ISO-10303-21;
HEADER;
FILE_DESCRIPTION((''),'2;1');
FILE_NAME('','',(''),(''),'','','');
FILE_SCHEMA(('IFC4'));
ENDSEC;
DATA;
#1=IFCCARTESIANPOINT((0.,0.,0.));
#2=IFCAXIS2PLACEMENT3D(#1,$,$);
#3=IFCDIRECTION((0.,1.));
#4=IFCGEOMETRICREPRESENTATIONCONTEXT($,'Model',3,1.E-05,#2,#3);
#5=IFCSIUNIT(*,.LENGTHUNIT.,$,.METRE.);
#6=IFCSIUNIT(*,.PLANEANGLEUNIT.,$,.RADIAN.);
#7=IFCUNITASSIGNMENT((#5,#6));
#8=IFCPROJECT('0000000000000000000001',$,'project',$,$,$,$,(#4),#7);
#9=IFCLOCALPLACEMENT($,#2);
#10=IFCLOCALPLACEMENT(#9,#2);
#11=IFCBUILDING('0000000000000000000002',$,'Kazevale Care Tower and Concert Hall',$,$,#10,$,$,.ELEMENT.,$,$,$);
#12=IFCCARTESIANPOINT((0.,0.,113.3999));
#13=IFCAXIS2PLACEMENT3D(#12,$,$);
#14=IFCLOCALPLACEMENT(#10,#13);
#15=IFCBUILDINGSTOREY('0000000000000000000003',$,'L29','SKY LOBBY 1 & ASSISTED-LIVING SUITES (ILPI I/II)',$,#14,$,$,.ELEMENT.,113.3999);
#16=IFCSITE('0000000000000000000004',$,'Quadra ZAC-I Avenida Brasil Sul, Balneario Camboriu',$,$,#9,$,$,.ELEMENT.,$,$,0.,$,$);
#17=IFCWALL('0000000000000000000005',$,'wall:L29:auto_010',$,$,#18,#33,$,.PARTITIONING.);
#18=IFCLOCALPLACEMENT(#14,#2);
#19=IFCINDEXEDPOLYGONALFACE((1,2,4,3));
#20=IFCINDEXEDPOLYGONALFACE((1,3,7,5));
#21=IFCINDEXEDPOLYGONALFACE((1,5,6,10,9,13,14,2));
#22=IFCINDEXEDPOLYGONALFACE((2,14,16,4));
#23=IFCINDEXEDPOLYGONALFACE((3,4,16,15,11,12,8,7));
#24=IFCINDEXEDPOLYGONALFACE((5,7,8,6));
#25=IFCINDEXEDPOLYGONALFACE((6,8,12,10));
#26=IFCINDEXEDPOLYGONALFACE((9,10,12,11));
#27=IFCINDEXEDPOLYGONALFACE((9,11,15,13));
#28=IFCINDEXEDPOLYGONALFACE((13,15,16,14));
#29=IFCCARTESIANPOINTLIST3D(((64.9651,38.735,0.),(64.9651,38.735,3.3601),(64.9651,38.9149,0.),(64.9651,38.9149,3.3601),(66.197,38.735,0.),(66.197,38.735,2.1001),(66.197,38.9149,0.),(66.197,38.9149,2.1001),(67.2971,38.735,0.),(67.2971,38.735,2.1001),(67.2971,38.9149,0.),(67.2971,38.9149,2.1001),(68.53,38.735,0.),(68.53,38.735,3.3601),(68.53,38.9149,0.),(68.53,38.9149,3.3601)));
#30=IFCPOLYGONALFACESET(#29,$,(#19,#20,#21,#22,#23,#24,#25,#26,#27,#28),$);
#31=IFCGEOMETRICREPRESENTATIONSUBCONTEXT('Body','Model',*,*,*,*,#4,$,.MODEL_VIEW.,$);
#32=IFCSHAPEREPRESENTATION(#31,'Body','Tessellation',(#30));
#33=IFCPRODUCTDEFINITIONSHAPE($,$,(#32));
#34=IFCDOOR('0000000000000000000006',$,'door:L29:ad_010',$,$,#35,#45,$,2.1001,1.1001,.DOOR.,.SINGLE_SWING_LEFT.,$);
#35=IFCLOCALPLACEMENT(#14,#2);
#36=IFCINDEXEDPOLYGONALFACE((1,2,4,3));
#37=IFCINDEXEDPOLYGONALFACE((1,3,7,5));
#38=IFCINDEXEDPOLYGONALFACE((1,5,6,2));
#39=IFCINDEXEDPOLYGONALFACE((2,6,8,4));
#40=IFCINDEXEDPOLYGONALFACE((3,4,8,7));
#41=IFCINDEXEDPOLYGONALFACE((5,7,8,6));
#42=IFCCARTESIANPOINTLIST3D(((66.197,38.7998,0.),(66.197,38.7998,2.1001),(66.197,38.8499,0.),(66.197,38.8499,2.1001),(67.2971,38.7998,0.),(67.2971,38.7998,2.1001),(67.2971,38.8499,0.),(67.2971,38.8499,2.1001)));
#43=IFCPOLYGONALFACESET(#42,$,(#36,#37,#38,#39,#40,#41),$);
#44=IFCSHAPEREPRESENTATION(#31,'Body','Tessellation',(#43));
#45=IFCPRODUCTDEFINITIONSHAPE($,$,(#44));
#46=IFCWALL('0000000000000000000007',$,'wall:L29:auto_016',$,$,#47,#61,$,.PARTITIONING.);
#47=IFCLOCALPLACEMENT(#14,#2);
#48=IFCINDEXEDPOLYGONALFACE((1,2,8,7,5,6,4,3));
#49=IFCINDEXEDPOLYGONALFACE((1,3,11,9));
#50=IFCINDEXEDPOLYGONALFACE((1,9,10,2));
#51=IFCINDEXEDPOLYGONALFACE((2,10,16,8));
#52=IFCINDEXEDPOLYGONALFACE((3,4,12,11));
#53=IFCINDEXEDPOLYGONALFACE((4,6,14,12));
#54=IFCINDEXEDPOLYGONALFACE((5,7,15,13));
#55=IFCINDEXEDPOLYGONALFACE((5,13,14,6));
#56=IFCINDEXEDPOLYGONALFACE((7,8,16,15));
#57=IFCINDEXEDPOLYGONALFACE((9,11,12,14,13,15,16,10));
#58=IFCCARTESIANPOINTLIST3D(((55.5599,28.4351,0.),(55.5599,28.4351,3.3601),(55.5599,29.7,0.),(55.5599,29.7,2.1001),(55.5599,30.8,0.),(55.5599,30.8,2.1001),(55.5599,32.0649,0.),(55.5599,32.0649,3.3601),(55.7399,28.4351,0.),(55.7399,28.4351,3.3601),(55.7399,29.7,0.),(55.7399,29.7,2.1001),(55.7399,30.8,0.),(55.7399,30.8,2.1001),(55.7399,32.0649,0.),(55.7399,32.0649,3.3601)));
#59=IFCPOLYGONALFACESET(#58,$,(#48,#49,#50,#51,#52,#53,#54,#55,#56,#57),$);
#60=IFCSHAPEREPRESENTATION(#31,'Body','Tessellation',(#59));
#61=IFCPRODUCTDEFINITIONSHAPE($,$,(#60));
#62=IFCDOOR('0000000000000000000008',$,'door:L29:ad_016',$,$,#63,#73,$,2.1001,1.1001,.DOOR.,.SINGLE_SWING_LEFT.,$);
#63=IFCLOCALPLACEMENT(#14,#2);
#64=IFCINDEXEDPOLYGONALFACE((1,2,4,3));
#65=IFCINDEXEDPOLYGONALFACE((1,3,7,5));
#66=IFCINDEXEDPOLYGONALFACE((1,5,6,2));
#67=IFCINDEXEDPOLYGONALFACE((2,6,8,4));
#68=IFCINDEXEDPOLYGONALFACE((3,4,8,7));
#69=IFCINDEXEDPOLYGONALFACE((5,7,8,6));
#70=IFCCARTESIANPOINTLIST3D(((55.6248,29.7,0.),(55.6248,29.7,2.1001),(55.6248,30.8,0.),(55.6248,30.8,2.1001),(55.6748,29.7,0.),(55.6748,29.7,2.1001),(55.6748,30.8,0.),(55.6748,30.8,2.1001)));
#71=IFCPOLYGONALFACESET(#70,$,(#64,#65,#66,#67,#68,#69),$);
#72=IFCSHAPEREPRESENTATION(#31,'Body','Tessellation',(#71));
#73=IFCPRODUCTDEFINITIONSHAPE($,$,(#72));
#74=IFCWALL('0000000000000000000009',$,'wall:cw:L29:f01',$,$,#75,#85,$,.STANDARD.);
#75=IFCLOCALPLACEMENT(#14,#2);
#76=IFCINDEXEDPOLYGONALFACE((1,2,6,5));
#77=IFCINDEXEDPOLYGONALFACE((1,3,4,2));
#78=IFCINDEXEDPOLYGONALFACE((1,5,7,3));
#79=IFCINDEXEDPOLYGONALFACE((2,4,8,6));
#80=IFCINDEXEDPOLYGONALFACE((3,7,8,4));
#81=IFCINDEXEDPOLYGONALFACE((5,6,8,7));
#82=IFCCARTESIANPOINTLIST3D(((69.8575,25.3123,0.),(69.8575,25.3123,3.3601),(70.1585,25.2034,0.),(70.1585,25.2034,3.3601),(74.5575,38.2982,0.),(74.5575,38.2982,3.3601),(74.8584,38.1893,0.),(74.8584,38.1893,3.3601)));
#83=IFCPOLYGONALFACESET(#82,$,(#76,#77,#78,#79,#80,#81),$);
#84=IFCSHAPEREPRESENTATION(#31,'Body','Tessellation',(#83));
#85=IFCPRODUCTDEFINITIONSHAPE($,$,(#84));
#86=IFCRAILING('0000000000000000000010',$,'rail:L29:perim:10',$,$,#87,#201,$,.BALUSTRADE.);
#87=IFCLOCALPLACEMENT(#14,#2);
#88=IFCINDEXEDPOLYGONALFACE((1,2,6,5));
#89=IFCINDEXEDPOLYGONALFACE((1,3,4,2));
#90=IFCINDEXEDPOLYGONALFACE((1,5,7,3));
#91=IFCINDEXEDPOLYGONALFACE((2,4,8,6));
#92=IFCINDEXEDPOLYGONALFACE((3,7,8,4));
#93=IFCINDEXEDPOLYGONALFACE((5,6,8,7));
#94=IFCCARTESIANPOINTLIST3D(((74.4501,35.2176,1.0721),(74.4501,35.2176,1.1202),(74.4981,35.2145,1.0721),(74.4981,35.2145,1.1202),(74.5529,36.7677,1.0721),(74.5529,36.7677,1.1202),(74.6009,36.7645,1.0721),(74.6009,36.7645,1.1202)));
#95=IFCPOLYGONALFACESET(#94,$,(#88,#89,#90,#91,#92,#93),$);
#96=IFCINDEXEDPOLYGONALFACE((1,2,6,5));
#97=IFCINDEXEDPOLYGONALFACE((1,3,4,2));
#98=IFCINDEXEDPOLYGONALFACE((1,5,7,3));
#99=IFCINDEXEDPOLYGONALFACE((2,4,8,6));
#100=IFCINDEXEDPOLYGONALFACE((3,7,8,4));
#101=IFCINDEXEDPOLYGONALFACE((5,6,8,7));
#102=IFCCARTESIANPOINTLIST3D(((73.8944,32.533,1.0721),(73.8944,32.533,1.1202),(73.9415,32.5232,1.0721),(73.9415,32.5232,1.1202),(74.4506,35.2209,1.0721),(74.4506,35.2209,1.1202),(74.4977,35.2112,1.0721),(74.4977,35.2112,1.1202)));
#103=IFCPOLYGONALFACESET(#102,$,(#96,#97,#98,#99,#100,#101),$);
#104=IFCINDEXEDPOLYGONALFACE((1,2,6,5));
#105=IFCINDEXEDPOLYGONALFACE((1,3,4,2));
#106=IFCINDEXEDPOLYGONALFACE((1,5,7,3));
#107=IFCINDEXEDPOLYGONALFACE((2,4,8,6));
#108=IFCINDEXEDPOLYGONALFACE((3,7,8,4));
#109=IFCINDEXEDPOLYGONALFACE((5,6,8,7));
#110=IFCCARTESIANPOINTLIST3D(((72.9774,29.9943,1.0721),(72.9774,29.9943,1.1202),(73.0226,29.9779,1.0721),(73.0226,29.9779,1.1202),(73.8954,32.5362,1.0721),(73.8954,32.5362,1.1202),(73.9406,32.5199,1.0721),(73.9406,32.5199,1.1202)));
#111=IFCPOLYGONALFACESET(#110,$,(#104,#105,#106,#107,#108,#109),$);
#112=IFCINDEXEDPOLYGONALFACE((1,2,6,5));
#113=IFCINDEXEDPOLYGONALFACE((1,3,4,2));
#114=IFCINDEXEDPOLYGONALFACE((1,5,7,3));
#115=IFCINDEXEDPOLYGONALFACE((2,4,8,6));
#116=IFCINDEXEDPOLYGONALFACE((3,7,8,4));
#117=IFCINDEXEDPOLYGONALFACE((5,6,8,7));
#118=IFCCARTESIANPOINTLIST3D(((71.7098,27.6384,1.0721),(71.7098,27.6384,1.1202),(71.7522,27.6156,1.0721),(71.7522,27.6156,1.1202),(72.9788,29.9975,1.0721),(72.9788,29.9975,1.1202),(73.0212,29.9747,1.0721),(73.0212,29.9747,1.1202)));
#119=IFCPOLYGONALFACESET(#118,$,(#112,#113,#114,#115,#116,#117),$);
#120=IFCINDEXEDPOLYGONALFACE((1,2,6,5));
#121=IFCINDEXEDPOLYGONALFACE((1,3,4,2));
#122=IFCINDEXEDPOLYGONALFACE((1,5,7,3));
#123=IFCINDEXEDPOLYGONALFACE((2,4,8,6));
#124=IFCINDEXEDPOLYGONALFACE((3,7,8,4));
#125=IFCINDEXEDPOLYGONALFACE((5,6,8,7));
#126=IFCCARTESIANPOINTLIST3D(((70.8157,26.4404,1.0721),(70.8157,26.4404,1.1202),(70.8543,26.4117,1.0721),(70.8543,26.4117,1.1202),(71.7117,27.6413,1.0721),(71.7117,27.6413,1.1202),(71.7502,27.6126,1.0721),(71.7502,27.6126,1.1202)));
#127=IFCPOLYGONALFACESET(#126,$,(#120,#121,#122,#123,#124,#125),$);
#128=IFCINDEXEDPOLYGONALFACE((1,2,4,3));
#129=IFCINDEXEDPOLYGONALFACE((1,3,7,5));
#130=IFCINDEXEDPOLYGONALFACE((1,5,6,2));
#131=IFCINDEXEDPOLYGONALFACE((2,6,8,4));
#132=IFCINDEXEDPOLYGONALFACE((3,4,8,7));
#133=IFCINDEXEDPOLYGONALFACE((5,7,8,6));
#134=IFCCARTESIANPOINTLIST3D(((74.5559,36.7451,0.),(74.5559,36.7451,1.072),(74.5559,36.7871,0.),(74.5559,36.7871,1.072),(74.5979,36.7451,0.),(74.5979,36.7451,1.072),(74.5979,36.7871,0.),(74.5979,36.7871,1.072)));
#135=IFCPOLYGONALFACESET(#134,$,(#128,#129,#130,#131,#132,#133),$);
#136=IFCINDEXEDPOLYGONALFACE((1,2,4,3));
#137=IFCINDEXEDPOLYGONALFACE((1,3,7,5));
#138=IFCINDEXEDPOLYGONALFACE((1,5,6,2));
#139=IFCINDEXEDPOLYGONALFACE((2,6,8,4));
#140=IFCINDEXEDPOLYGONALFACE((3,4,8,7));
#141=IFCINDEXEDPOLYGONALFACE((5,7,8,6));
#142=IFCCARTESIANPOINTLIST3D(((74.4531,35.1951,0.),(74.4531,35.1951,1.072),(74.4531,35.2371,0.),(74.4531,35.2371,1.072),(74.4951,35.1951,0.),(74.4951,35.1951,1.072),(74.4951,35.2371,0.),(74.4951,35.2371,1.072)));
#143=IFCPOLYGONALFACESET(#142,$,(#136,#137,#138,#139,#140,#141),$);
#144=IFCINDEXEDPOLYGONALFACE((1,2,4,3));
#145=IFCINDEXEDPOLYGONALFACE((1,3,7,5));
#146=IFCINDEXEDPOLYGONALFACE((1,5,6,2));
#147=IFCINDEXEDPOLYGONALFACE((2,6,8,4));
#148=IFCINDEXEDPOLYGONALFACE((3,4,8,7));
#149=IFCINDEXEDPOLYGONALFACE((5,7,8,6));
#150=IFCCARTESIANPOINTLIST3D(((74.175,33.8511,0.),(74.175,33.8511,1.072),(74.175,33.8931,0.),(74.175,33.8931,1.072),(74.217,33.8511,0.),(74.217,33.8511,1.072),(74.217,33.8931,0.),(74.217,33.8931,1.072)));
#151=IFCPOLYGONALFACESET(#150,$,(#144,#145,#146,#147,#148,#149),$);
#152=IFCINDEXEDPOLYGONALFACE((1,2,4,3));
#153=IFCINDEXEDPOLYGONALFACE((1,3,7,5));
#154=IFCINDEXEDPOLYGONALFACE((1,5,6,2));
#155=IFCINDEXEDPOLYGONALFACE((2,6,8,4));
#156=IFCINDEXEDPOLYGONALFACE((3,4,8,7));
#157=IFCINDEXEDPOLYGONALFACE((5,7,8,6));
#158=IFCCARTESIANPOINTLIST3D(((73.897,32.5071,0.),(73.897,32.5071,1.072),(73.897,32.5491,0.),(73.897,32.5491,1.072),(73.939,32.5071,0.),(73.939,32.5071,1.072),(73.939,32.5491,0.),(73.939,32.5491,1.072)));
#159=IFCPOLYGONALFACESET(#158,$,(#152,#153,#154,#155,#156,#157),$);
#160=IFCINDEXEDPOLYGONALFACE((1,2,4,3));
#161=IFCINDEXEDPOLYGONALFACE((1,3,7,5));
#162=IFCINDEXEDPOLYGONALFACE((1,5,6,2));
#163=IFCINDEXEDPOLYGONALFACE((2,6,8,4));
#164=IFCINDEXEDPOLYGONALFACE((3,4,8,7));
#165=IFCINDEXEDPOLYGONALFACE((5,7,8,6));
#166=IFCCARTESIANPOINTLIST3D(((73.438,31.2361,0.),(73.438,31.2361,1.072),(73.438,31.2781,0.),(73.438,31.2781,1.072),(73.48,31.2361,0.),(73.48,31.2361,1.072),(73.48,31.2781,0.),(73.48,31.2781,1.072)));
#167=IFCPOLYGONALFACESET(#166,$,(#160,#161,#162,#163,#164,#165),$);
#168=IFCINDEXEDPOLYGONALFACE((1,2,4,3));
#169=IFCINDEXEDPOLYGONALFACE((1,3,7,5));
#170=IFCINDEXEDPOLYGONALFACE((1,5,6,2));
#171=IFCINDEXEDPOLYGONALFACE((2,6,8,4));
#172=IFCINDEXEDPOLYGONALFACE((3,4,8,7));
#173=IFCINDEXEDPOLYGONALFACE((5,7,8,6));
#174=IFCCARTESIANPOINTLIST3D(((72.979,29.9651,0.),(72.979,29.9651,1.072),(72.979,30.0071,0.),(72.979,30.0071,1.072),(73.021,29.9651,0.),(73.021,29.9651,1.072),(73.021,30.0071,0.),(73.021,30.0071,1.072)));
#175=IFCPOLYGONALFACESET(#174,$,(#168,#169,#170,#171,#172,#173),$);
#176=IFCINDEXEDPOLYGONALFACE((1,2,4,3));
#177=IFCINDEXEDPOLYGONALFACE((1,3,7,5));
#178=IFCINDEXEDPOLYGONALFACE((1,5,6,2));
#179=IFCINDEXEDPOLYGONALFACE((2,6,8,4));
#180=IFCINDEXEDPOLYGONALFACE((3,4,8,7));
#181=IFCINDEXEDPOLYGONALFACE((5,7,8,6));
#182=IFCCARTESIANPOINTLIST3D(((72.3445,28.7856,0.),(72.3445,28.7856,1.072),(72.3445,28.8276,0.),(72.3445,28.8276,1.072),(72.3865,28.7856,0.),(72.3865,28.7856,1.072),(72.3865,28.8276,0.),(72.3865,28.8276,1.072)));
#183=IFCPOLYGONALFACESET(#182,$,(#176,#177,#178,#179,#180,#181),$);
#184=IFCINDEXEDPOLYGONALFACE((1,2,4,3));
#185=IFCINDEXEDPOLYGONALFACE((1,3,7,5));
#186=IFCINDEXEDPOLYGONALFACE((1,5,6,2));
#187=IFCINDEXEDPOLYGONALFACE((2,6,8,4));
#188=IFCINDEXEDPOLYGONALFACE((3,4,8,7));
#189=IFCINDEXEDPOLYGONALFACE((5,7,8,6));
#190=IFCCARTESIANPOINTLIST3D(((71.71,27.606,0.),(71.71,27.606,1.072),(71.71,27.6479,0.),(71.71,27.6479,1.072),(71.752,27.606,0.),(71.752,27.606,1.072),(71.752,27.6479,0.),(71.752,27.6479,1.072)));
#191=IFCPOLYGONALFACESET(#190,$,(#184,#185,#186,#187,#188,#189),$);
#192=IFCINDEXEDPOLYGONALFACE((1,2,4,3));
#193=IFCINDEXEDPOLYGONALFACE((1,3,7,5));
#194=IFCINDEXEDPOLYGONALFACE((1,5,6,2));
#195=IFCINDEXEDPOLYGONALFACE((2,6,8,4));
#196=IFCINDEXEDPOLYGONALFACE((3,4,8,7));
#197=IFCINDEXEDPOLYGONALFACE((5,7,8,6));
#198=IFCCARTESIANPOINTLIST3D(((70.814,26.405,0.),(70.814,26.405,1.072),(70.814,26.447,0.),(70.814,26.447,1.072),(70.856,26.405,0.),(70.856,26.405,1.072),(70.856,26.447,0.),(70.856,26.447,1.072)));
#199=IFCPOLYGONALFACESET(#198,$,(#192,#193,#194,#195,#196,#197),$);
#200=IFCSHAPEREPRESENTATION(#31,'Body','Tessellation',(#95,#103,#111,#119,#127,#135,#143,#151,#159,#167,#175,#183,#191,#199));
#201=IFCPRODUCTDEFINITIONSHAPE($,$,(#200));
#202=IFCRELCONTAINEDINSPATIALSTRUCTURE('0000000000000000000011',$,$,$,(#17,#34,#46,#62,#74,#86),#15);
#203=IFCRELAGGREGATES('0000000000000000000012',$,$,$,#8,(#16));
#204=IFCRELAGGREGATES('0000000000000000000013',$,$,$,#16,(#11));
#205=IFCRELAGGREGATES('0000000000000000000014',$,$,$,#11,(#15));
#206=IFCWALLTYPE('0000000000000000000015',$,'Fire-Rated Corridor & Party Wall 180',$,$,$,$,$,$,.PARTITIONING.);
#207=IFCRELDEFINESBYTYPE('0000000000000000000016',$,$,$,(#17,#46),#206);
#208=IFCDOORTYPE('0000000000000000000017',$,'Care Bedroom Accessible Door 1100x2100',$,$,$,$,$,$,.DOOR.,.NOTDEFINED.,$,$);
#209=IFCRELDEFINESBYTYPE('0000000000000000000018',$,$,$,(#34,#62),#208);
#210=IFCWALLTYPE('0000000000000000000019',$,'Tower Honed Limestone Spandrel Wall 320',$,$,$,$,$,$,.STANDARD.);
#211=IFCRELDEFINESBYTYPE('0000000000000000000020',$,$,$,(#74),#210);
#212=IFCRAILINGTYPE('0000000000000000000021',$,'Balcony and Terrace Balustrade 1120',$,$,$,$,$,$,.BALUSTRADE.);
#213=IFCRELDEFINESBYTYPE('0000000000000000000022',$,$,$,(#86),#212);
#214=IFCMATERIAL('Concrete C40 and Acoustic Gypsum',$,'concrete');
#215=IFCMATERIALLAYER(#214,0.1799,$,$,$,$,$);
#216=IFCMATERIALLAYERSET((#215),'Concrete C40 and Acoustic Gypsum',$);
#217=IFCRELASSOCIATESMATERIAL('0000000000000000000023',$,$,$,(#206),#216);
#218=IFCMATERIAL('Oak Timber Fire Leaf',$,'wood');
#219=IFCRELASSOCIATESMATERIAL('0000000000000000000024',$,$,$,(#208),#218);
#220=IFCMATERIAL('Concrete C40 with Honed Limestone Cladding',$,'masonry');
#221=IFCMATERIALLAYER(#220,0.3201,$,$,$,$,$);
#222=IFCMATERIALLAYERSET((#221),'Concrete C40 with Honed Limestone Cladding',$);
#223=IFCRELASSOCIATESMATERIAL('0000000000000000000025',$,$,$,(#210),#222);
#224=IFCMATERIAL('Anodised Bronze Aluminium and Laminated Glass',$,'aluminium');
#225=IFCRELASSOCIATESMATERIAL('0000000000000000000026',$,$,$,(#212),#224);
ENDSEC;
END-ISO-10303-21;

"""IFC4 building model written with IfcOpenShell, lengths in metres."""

from ifc_helpers import new_model, si_unit, direction, frame, frame_2d, origin, origin_2d, place, context, subcontext, project, spatial, rectangle, extrude, material, layer, layer_set, type_object, element, fill, save


model = new_model("IFC4")

# Units and contexts
model_context = context("Model", 3, precision=1e-05, world=origin(), true_north=direction((0.0, 1.0)))
body_context = subcontext(model_context, "Body", "Model", "MODEL_VIEW")
ifc_project = project(units=[si_unit("LENGTHUNIT", "METRE"), si_unit("PLANEANGLEUNIT", "RADIAN")], contexts=[model_context])

# Site, building, storey
site_placement = place(None, origin())
site = spatial("IfcSite", under=ifc_project, at=site_placement, Name="Quadra ZAC-I Avenida Brasil Sul, Balneario Camboriu", CompositionType="ELEMENT", RefElevation=0.0)
building_placement = place(site_placement, origin())
building = spatial("IfcBuilding", under=site, at=building_placement, Name="Kazevale Care Tower and Concert Hall", CompositionType="ELEMENT")
storey_placement = place(building_placement, frame((0.0, 0.0, 113.3999)))
storey = spatial("IfcBuildingStorey", under=building, at=storey_placement, Name="L29", Description="SKY LOBBY 1 & ASSISTED-LIVING SUITES (ILPI I/II)", CompositionType="ELEMENT", Elevation=113.3999)

# Walls, openings, doors
ifc_material_1 = material(Name="Concrete C40 and Acoustic Gypsum", Category="concrete")
ifc_layer_1 = layer(ifc_material_1, 0.1799)
ifc_layer_set_1 = layer_set([ifc_layer_1], Name="Concrete C40 and Acoustic Gypsum")
wall_type_1 = type_object("IfcWallType", Name="Fire-Rated Corridor & Party Wall 180", PredefinedType="PARTITIONING", material=ifc_layer_set_1)
ifc_material_2 = material(Name="Oak Timber Fire Leaf", Category="wood")
door_type = type_object("IfcDoorType", Name="Care Bedroom Accessible Door 1100x2100", OperationType="NOTDEFINED", PredefinedType="DOOR", material=ifc_material_2)
wall_1_placement = place(storey_placement, frame((64.9651, 38.825, 0.0), z_axis=(0.0, 0.0, 1.0), x_axis=(1.0, 0.0, 0.0)))
wall_1 = element("IfcWall", 1, at=wall_1_placement, inside=storey, type_object=wall_type_1, Name="wall:L29:auto_010", PredefinedType="PARTITIONING", context=body_context, shape_type="SweptSolid", body=[
    extrude(rectangle(XDim=3.5649, YDim=0.1799, at=frame_2d((1.7825, 0.0))), origin(), (0.0, 0.0, 1.0), 3.3601),
])
opening_1_placement = place(wall_1_placement, frame((1.2319, 0.0, 0.0)))
opening_1 = element("IfcOpeningElement", 2, at=opening_1_placement, cuts=wall_1, PredefinedType="OPENING", context=body_context, shape_type="SweptSolid", body=[
    extrude(rectangle(XDim=1.1001, YDim=2.1001, at=frame_2d((0.55, 1.05))), frame((0.0, 0.0999, 0.0), z_axis=(0.0, -1.0, 0.0), x_axis=(1.0, 0.0, 0.0)), (0.0, 0.0, 1.0), 0.2),
])
door_1_placement = place(opening_1_placement, origin())
door_1 = element("IfcDoor", 3, at=door_1_placement, inside=storey, type_object=door_type, Name="door:L29:ad_010", OperationType="SINGLE_SWING_LEFT", OverallHeight=2.1001, OverallWidth=1.1001, PredefinedType="DOOR", context=body_context, shape_type="SweptSolid", body=[
    extrude(rectangle(XDim=1.1001, YDim=2.1001, at=frame_2d((0.55, 1.05))), frame((0.0, 0.0249, 0.0), z_axis=(0.0, -1.0, 0.0), x_axis=(1.0, 0.0, 0.0)), (0.0, 0.0, 1.0), 0.05),
])
fill(opening_1, door_1)
wall_2_placement = place(storey_placement, frame((55.6499, 32.0649, 0.0), z_axis=(0.0, 0.0, 1.0), x_axis=(0.0, -1.0, 0.0)))
wall_2 = element("IfcWall", 4, at=wall_2_placement, inside=storey, type_object=wall_type_1, Name="wall:L29:auto_016", PredefinedType="PARTITIONING", context=body_context, shape_type="SweptSolid", body=[
    extrude(rectangle(XDim=3.6299, YDim=0.1799, at=frame_2d((1.8149, 0.0))), origin(), (0.0, 0.0, 1.0), 3.3601),
])
opening_2_placement = place(wall_2_placement, frame((1.2649, 0.0, 0.0)))
opening_2 = element("IfcOpeningElement", 5, at=opening_2_placement, cuts=wall_2, PredefinedType="OPENING", context=body_context, shape_type="SweptSolid", body=[
    extrude(rectangle(XDim=1.1001, YDim=2.1001, at=frame_2d((0.55, 1.05))), frame((0.0, 0.0999, 0.0), z_axis=(0.0, -1.0, 0.0), x_axis=(1.0, 0.0, 0.0)), (0.0, 0.0, 1.0), 0.2),
])
door_2_placement = place(opening_2_placement, origin())
door_2 = element("IfcDoor", 6, at=door_2_placement, inside=storey, type_object=door_type, Name="door:L29:ad_016", OperationType="SINGLE_SWING_LEFT", OverallHeight=2.1001, OverallWidth=1.1001, PredefinedType="DOOR", context=body_context, shape_type="SweptSolid", body=[
    extrude(rectangle(XDim=1.1001, YDim=2.1001, at=frame_2d((0.55, 1.05))), frame((0.0, 0.0249, 0.0), z_axis=(0.0, -1.0, 0.0), x_axis=(1.0, 0.0, 0.0)), (0.0, 0.0, 1.0), 0.05),
])
fill(opening_2, door_2)

# Wall
ifc_material_3 = material(Name="Concrete C40 with Honed Limestone Cladding", Category="masonry")
ifc_layer_2 = layer(ifc_material_3, 0.3201)
ifc_layer_set_2 = layer_set([ifc_layer_2], Name="Concrete C40 with Honed Limestone Cladding")
wall_type_2 = type_object("IfcWallType", Name="Tower Honed Limestone Spandrel Wall 320", PredefinedType="STANDARD", material=ifc_layer_set_2)
wall_3_placement = place(storey_placement, frame((74.708, 38.2439, 0.0), z_axis=(0.0, 0.0, 1.0), x_axis=(-0.340325, -0.940308, 0.0)))
element("IfcWall", 7, at=wall_3_placement, inside=storey, type_object=wall_type_2, Name="wall:cw:L29:f01", PredefinedType="STANDARD", context=body_context, shape_type="SweptSolid", body=[
    extrude(rectangle(XDim=13.8103, YDim=0.3201, at=frame_2d((6.9053, 0.0))), origin(), (0.0, 0.0, 1.0), 3.3601),
])

# Railing
ifc_material_4 = material(Name="Anodised Bronze Aluminium and Laminated Glass", Category="aluminium")
railing_type = type_object("IfcRailingType", Name="Balcony and Terrace Balustrade 1120", PredefinedType="BALUSTRADE", material=ifc_material_4)
railing_1_placement = place(storey_placement, frame((74.5769, 36.7661, 0.0)))
element("IfcRailing", 8, at=railing_1_placement, inside=storey, type_object=railing_type, Name="rail:L29:perim:10", PredefinedType="BALUSTRADE", context=body_context, shape_type="SweptSolid", body=[
    extrude(rectangle(XDim=0.0481, YDim=0.0481, at=origin_2d()), frame((0.0, 0.0, 1.0962), z_axis=(-0.066164, -0.997809, 0.0), x_axis=(0.997809, -0.066164, 0.0)), (0.0, 0.0, 1.0), 1.5535),
    extrude(rectangle(XDim=0.0481, YDim=0.0481, at=origin_2d()), frame((-0.1028, -1.55, 1.0962), z_axis=(-0.202611, -0.979259, 0.0), x_axis=(0.979259, -0.202611, 0.0)), (0.0, 0.0, 1.0), 2.7449),
    extrude(rectangle(XDim=0.0481, YDim=0.0481, at=origin_2d()), frame((-0.6589, -4.238, 1.0962), z_axis=(-0.339653, -0.940551, 0.0), x_axis=(0.940551, -0.339653, 0.0)), (0.0, 0.0, 1.0), 2.7026),
    extrude(rectangle(XDim=0.0481, YDim=0.0481, at=origin_2d()), frame((-1.5769, -6.78, 1.0962), z_axis=(-0.473736, -0.880667, 0.0), x_axis=(0.880667, -0.473736, 0.0)), (0.0, 0.0, 1.0), 2.6787),
    extrude(rectangle(XDim=0.0481, YDim=0.0481, at=origin_2d()), frame((-2.8459, -9.1392, 1.0962), z_axis=(-0.597991, -0.801503, 0.0), x_axis=(0.801503, -0.597991, 0.0)), (0.0, 0.0, 1.0), 1.4983),
    extrude(rectangle(XDim=0.042, YDim=0.042, at=origin_2d()), origin(), (0.0, 0.0, 1.0), 1.072),
    extrude(rectangle(XDim=0.042, YDim=0.042, at=origin_2d()), frame((-0.1028, -1.55, 0.0)), (0.0, 0.0, 1.0), 1.072),
    extrude(rectangle(XDim=0.042, YDim=0.042, at=origin_2d()), frame((-0.3809, -2.894, 0.0)), (0.0, 0.0, 1.0), 1.072),
    extrude(rectangle(XDim=0.042, YDim=0.042, at=origin_2d()), frame((-0.6589, -4.238, 0.0)), (0.0, 0.0, 1.0), 1.072),
    extrude(rectangle(XDim=0.042, YDim=0.042, at=origin_2d()), frame((-1.1179, -5.509, 0.0)), (0.0, 0.0, 1.0), 1.072),
    extrude(rectangle(XDim=0.042, YDim=0.042, at=origin_2d()), frame((-1.5769, -6.78, 0.0)), (0.0, 0.0, 1.0), 1.072),
    extrude(rectangle(XDim=0.042, YDim=0.042, at=origin_2d()), frame((-2.2114, -7.9595, 0.0)), (0.0, 0.0, 1.0), 1.072),
    extrude(rectangle(XDim=0.042, YDim=0.042, at=origin_2d()), frame((-2.8459, -9.1392, 0.0)), (0.0, 0.0, 1.0), 1.072),
    extrude(rectangle(XDim=0.042, YDim=0.042, at=origin_2d()), frame((-3.7419, -10.3401, 0.0)), (0.0, 0.0, 1.0), 1.072),
])

save(model, "model.ifc")
